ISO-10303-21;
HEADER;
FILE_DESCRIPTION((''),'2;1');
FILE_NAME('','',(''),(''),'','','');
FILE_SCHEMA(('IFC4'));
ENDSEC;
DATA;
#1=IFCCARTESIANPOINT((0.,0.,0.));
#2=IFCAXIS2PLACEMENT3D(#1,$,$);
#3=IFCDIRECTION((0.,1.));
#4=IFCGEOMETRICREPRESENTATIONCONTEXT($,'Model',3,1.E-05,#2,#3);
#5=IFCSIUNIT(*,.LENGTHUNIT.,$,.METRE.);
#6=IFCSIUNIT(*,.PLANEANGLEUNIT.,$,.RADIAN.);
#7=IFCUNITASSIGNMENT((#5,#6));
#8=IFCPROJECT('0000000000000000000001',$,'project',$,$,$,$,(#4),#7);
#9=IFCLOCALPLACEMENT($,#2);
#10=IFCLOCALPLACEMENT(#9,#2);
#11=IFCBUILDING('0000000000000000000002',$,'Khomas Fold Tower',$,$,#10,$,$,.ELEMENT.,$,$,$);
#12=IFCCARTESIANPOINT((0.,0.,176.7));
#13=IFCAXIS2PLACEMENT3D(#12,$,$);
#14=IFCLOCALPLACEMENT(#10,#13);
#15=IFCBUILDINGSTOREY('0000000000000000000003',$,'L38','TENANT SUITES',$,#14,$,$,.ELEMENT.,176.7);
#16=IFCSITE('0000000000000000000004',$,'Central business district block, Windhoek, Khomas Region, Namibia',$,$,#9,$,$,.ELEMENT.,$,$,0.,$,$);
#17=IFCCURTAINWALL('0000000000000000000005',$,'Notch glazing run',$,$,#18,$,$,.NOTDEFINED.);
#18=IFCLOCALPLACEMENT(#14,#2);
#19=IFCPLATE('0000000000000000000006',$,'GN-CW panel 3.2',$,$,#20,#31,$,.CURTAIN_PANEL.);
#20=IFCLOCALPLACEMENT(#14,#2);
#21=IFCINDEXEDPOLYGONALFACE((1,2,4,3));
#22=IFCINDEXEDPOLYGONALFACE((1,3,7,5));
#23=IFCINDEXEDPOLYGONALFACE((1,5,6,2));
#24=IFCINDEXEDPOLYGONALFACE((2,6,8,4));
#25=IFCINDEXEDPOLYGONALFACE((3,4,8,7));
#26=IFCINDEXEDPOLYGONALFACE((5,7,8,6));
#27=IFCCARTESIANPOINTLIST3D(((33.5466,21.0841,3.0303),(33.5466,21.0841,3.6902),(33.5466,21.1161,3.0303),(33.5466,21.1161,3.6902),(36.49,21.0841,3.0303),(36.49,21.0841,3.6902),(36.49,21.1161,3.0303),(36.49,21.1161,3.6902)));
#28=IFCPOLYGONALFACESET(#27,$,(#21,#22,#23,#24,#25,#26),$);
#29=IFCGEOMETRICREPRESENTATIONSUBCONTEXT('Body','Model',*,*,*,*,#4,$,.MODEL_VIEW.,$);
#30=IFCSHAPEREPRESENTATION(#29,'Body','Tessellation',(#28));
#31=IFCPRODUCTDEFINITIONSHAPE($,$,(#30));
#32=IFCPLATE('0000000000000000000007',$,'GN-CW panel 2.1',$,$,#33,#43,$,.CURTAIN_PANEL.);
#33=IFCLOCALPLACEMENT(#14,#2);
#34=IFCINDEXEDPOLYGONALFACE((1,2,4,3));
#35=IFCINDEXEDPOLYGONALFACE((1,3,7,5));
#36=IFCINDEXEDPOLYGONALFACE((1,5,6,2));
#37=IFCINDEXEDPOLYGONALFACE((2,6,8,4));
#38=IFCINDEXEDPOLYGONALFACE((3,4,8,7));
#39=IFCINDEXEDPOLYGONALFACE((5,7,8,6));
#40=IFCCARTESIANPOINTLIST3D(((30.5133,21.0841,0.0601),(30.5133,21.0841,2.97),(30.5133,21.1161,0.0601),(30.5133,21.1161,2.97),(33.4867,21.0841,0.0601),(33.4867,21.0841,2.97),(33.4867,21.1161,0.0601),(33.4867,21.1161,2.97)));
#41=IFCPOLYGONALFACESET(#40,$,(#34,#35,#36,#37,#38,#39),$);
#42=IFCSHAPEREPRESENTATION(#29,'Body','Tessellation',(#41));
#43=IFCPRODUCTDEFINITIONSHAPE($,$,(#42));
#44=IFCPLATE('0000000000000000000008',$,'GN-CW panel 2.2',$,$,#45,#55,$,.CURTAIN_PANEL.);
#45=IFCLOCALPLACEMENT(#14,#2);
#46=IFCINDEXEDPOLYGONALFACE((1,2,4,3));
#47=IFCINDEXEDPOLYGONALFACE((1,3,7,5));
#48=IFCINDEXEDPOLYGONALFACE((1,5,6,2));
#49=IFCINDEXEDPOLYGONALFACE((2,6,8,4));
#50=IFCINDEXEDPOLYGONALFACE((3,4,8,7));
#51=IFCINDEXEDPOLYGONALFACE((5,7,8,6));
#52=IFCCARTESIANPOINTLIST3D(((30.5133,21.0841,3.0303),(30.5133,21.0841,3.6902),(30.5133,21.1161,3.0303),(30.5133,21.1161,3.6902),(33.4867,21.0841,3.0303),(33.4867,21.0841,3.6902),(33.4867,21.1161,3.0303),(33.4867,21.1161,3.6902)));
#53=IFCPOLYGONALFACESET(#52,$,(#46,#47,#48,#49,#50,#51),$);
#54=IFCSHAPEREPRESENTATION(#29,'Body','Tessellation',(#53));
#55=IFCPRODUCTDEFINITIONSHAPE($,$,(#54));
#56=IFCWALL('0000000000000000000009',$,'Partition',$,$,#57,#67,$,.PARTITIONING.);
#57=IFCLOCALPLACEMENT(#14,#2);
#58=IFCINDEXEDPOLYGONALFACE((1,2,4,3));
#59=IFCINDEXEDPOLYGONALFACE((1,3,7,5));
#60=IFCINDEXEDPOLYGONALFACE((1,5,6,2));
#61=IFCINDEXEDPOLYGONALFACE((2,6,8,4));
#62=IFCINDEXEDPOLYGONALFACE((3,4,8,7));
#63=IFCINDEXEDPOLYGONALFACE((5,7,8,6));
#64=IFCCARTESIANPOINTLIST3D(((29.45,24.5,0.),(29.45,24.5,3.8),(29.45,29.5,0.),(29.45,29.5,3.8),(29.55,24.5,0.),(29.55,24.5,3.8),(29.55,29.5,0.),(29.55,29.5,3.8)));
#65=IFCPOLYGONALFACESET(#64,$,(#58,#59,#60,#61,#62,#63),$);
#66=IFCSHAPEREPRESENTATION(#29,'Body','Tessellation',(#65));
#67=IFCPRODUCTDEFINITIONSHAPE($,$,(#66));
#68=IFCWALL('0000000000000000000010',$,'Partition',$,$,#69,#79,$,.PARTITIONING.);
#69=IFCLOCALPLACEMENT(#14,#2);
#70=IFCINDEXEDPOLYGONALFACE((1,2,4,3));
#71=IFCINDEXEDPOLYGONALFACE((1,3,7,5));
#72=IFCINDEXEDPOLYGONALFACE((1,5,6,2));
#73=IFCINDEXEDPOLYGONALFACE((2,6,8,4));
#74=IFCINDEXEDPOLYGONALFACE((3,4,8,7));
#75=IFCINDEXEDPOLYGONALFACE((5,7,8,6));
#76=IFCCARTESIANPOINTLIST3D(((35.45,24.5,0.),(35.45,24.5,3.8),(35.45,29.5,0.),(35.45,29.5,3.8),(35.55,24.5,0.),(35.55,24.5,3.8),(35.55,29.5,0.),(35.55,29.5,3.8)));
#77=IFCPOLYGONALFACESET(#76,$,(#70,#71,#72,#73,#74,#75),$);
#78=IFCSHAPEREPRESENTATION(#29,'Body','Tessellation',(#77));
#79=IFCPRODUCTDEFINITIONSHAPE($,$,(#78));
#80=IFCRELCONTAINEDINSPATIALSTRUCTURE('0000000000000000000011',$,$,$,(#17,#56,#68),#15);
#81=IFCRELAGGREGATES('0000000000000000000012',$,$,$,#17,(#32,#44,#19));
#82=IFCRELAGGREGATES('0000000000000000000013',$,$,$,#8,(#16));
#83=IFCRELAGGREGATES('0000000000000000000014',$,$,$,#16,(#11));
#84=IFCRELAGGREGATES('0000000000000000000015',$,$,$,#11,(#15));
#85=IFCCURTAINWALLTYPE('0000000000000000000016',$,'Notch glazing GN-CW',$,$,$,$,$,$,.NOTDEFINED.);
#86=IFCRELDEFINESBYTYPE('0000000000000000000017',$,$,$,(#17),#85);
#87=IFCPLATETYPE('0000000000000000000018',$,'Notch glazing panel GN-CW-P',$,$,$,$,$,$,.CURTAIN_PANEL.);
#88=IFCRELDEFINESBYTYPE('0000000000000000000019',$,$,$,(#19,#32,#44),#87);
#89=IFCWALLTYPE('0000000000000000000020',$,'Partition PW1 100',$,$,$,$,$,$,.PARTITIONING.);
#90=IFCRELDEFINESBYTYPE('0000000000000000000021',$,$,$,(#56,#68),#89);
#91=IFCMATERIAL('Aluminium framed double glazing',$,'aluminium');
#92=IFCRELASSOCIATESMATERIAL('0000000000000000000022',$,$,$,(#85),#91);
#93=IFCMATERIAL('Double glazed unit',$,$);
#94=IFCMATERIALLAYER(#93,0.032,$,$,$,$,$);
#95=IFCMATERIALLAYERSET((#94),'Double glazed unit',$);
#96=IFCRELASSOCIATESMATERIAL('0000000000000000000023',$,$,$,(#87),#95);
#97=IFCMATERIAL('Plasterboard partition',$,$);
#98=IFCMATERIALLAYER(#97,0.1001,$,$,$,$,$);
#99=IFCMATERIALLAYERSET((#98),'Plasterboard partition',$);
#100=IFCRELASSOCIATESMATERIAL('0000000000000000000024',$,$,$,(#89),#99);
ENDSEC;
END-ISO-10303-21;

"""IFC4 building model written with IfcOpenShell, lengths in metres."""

from ifc_helpers import new_model, si_unit, direction, frame, frame_2d, origin, origin_2d, place, context, subcontext, project, spatial, rectangle, extrude, source, transform, mapped, material, layer, layer_set, type_object, element, aggregate, save


model = new_model("IFC4")

# Units and contexts
model_context = context("Model", 3, precision=1e-05, world=origin(), true_north=direction((0.0, 1.0)))
body_context = subcontext(model_context, "Body", "Model", "MODEL_VIEW")
ifc_project = project(units=[si_unit("LENGTHUNIT", "METRE"), si_unit("PLANEANGLEUNIT", "RADIAN")], contexts=[model_context])

# Site, building, storey
site_placement = place(None, origin())
site = spatial("IfcSite", under=ifc_project, at=site_placement, Name="Central business district block, Windhoek, Khomas Region, Namibia", CompositionType="ELEMENT", RefElevation=0.0)
building_placement = place(site_placement, origin())
building = spatial("IfcBuilding", under=site, at=building_placement, Name="Khomas Fold Tower", CompositionType="ELEMENT")
storey_placement = place(building_placement, frame((0.0, 0.0, 176.7)))
storey = spatial("IfcBuildingStorey", under=building, at=storey_placement, Name="L38", Description="TENANT SUITES", CompositionType="ELEMENT", Elevation=176.7)

# Shared definitions
ifc_material_1 = material(Name="Aluminium framed double glazing", Category="aluminium")
curtain_wall_type = type_object("IfcCurtainWallType", Name="Notch glazing GN-CW", PredefinedType="NOTDEFINED", material=ifc_material_1)

# Curtain wall
curtain_wall_1_placement = place(storey_placement, origin())
curtain_wall_1 = element("IfcCurtainWall", 1, at=curtain_wall_1_placement, inside=storey, type_object=curtain_wall_type, Name="Notch glazing run", PredefinedType="NOTDEFINED")

# Plates
ifc_material_2 = material(Name="Double glazed unit")
ifc_layer_1 = layer(ifc_material_2, 0.032)
ifc_layer_set_1 = layer_set([ifc_layer_1], Name="Double glazed unit")
plate_type = type_object("IfcPlateType", Name="Notch glazing panel GN-CW-P", PredefinedType="CURTAIN_PANEL", material=ifc_layer_set_1)
shared_shape_1 = source(origin(), body_context, "Body", "SweptSolid", [
    extrude(rectangle(XDim=2.9434, YDim=0.032, at=origin_2d()), origin(), (0.0, 0.0, 1.0), 0.6599),
])
plate_1_placement = place(storey_placement, frame((35.0183, 21.1001, 3.0303), z_axis=(0.0, 0.0, 1.0), x_axis=(1.0, 0.0, 0.0)))
plate_1 = element("IfcPlate", 2, at=plate_1_placement, type_object=plate_type, Name="GN-CW panel 3.2", PredefinedType="CURTAIN_PANEL", context=body_context, shape_type="MappedRepresentation", body=[
    mapped(shared_shape_1, transform((0.0, 0.0, 0.0))),
])
shared_shape_2 = source(origin(), body_context, "Body", "SweptSolid", [
    extrude(rectangle(XDim=2.9734, YDim=0.032, at=origin_2d()), origin(), (0.0, 0.0, 1.0), 2.9099),
])
plate_2_placement = place(storey_placement, frame((32.0, 21.1001, 0.0601), z_axis=(0.0, 0.0, 1.0), x_axis=(1.0, 0.0, 0.0)))
plate_2 = element("IfcPlate", 3, at=plate_2_placement, type_object=plate_type, Name="GN-CW panel 2.1", PredefinedType="CURTAIN_PANEL", context=body_context, shape_type="MappedRepresentation", body=[
    mapped(shared_shape_2, transform((0.0, 0.0, 0.0))),
])
shared_shape_3 = source(origin(), body_context, "Body", "SweptSolid", [
    extrude(rectangle(XDim=2.9734, YDim=0.032, at=origin_2d()), origin(), (0.0, 0.0, 1.0), 0.6599),
])
plate_3_placement = place(storey_placement, frame((32.0, 21.1001, 3.0303), z_axis=(0.0, 0.0, 1.0), x_axis=(1.0, 0.0, 0.0)))
plate_3 = element("IfcPlate", 4, at=plate_3_placement, type_object=plate_type, Name="GN-CW panel 2.2", PredefinedType="CURTAIN_PANEL", context=body_context, shape_type="MappedRepresentation", body=[
    mapped(shared_shape_3, transform((0.0, 0.0, 0.0))),
])
aggregate(curtain_wall_1, [plate_2, plate_3, plate_1])

# Walls
ifc_material_3 = material(Name="Plasterboard partition")
ifc_layer_2 = layer(ifc_material_3, 0.1001)
ifc_layer_set_2 = layer_set([ifc_layer_2], Name="Plasterboard partition")
wall_type = type_object("IfcWallType", Name="Partition PW1 100", PredefinedType="PARTITIONING", material=ifc_layer_set_2)
shared_shape_4 = source(origin(), body_context, "Body", "SweptSolid", [
    extrude(rectangle(XDim=5.0, YDim=0.1001, at=frame_2d((2.5, 0.0))), origin(), (0.0, 0.0, 1.0), 3.8),
])
for number, where, z_axis, x_axis, name in (
    (5, (29.5, 24.5, 0.0), (0.0, 0.0, 1.0), (0.0, 1.0, 0.0), "Partition"),
    (6, (35.5, 24.5, 0.0), (0.0, 0.0, 1.0), (0.0, 1.0, 0.0), "Partition"),
):
    element("IfcWall", number, at=place(storey_placement, frame(where, z_axis=z_axis, x_axis=x_axis)), inside=storey, type_object=wall_type, Name=name, PredefinedType="PARTITIONING", context=body_context, shape_type="MappedRepresentation", body=[
        mapped(shared_shape_4, transform((0.0, 0.0, 0.0))),
    ])

save(model, "model.ifc")
